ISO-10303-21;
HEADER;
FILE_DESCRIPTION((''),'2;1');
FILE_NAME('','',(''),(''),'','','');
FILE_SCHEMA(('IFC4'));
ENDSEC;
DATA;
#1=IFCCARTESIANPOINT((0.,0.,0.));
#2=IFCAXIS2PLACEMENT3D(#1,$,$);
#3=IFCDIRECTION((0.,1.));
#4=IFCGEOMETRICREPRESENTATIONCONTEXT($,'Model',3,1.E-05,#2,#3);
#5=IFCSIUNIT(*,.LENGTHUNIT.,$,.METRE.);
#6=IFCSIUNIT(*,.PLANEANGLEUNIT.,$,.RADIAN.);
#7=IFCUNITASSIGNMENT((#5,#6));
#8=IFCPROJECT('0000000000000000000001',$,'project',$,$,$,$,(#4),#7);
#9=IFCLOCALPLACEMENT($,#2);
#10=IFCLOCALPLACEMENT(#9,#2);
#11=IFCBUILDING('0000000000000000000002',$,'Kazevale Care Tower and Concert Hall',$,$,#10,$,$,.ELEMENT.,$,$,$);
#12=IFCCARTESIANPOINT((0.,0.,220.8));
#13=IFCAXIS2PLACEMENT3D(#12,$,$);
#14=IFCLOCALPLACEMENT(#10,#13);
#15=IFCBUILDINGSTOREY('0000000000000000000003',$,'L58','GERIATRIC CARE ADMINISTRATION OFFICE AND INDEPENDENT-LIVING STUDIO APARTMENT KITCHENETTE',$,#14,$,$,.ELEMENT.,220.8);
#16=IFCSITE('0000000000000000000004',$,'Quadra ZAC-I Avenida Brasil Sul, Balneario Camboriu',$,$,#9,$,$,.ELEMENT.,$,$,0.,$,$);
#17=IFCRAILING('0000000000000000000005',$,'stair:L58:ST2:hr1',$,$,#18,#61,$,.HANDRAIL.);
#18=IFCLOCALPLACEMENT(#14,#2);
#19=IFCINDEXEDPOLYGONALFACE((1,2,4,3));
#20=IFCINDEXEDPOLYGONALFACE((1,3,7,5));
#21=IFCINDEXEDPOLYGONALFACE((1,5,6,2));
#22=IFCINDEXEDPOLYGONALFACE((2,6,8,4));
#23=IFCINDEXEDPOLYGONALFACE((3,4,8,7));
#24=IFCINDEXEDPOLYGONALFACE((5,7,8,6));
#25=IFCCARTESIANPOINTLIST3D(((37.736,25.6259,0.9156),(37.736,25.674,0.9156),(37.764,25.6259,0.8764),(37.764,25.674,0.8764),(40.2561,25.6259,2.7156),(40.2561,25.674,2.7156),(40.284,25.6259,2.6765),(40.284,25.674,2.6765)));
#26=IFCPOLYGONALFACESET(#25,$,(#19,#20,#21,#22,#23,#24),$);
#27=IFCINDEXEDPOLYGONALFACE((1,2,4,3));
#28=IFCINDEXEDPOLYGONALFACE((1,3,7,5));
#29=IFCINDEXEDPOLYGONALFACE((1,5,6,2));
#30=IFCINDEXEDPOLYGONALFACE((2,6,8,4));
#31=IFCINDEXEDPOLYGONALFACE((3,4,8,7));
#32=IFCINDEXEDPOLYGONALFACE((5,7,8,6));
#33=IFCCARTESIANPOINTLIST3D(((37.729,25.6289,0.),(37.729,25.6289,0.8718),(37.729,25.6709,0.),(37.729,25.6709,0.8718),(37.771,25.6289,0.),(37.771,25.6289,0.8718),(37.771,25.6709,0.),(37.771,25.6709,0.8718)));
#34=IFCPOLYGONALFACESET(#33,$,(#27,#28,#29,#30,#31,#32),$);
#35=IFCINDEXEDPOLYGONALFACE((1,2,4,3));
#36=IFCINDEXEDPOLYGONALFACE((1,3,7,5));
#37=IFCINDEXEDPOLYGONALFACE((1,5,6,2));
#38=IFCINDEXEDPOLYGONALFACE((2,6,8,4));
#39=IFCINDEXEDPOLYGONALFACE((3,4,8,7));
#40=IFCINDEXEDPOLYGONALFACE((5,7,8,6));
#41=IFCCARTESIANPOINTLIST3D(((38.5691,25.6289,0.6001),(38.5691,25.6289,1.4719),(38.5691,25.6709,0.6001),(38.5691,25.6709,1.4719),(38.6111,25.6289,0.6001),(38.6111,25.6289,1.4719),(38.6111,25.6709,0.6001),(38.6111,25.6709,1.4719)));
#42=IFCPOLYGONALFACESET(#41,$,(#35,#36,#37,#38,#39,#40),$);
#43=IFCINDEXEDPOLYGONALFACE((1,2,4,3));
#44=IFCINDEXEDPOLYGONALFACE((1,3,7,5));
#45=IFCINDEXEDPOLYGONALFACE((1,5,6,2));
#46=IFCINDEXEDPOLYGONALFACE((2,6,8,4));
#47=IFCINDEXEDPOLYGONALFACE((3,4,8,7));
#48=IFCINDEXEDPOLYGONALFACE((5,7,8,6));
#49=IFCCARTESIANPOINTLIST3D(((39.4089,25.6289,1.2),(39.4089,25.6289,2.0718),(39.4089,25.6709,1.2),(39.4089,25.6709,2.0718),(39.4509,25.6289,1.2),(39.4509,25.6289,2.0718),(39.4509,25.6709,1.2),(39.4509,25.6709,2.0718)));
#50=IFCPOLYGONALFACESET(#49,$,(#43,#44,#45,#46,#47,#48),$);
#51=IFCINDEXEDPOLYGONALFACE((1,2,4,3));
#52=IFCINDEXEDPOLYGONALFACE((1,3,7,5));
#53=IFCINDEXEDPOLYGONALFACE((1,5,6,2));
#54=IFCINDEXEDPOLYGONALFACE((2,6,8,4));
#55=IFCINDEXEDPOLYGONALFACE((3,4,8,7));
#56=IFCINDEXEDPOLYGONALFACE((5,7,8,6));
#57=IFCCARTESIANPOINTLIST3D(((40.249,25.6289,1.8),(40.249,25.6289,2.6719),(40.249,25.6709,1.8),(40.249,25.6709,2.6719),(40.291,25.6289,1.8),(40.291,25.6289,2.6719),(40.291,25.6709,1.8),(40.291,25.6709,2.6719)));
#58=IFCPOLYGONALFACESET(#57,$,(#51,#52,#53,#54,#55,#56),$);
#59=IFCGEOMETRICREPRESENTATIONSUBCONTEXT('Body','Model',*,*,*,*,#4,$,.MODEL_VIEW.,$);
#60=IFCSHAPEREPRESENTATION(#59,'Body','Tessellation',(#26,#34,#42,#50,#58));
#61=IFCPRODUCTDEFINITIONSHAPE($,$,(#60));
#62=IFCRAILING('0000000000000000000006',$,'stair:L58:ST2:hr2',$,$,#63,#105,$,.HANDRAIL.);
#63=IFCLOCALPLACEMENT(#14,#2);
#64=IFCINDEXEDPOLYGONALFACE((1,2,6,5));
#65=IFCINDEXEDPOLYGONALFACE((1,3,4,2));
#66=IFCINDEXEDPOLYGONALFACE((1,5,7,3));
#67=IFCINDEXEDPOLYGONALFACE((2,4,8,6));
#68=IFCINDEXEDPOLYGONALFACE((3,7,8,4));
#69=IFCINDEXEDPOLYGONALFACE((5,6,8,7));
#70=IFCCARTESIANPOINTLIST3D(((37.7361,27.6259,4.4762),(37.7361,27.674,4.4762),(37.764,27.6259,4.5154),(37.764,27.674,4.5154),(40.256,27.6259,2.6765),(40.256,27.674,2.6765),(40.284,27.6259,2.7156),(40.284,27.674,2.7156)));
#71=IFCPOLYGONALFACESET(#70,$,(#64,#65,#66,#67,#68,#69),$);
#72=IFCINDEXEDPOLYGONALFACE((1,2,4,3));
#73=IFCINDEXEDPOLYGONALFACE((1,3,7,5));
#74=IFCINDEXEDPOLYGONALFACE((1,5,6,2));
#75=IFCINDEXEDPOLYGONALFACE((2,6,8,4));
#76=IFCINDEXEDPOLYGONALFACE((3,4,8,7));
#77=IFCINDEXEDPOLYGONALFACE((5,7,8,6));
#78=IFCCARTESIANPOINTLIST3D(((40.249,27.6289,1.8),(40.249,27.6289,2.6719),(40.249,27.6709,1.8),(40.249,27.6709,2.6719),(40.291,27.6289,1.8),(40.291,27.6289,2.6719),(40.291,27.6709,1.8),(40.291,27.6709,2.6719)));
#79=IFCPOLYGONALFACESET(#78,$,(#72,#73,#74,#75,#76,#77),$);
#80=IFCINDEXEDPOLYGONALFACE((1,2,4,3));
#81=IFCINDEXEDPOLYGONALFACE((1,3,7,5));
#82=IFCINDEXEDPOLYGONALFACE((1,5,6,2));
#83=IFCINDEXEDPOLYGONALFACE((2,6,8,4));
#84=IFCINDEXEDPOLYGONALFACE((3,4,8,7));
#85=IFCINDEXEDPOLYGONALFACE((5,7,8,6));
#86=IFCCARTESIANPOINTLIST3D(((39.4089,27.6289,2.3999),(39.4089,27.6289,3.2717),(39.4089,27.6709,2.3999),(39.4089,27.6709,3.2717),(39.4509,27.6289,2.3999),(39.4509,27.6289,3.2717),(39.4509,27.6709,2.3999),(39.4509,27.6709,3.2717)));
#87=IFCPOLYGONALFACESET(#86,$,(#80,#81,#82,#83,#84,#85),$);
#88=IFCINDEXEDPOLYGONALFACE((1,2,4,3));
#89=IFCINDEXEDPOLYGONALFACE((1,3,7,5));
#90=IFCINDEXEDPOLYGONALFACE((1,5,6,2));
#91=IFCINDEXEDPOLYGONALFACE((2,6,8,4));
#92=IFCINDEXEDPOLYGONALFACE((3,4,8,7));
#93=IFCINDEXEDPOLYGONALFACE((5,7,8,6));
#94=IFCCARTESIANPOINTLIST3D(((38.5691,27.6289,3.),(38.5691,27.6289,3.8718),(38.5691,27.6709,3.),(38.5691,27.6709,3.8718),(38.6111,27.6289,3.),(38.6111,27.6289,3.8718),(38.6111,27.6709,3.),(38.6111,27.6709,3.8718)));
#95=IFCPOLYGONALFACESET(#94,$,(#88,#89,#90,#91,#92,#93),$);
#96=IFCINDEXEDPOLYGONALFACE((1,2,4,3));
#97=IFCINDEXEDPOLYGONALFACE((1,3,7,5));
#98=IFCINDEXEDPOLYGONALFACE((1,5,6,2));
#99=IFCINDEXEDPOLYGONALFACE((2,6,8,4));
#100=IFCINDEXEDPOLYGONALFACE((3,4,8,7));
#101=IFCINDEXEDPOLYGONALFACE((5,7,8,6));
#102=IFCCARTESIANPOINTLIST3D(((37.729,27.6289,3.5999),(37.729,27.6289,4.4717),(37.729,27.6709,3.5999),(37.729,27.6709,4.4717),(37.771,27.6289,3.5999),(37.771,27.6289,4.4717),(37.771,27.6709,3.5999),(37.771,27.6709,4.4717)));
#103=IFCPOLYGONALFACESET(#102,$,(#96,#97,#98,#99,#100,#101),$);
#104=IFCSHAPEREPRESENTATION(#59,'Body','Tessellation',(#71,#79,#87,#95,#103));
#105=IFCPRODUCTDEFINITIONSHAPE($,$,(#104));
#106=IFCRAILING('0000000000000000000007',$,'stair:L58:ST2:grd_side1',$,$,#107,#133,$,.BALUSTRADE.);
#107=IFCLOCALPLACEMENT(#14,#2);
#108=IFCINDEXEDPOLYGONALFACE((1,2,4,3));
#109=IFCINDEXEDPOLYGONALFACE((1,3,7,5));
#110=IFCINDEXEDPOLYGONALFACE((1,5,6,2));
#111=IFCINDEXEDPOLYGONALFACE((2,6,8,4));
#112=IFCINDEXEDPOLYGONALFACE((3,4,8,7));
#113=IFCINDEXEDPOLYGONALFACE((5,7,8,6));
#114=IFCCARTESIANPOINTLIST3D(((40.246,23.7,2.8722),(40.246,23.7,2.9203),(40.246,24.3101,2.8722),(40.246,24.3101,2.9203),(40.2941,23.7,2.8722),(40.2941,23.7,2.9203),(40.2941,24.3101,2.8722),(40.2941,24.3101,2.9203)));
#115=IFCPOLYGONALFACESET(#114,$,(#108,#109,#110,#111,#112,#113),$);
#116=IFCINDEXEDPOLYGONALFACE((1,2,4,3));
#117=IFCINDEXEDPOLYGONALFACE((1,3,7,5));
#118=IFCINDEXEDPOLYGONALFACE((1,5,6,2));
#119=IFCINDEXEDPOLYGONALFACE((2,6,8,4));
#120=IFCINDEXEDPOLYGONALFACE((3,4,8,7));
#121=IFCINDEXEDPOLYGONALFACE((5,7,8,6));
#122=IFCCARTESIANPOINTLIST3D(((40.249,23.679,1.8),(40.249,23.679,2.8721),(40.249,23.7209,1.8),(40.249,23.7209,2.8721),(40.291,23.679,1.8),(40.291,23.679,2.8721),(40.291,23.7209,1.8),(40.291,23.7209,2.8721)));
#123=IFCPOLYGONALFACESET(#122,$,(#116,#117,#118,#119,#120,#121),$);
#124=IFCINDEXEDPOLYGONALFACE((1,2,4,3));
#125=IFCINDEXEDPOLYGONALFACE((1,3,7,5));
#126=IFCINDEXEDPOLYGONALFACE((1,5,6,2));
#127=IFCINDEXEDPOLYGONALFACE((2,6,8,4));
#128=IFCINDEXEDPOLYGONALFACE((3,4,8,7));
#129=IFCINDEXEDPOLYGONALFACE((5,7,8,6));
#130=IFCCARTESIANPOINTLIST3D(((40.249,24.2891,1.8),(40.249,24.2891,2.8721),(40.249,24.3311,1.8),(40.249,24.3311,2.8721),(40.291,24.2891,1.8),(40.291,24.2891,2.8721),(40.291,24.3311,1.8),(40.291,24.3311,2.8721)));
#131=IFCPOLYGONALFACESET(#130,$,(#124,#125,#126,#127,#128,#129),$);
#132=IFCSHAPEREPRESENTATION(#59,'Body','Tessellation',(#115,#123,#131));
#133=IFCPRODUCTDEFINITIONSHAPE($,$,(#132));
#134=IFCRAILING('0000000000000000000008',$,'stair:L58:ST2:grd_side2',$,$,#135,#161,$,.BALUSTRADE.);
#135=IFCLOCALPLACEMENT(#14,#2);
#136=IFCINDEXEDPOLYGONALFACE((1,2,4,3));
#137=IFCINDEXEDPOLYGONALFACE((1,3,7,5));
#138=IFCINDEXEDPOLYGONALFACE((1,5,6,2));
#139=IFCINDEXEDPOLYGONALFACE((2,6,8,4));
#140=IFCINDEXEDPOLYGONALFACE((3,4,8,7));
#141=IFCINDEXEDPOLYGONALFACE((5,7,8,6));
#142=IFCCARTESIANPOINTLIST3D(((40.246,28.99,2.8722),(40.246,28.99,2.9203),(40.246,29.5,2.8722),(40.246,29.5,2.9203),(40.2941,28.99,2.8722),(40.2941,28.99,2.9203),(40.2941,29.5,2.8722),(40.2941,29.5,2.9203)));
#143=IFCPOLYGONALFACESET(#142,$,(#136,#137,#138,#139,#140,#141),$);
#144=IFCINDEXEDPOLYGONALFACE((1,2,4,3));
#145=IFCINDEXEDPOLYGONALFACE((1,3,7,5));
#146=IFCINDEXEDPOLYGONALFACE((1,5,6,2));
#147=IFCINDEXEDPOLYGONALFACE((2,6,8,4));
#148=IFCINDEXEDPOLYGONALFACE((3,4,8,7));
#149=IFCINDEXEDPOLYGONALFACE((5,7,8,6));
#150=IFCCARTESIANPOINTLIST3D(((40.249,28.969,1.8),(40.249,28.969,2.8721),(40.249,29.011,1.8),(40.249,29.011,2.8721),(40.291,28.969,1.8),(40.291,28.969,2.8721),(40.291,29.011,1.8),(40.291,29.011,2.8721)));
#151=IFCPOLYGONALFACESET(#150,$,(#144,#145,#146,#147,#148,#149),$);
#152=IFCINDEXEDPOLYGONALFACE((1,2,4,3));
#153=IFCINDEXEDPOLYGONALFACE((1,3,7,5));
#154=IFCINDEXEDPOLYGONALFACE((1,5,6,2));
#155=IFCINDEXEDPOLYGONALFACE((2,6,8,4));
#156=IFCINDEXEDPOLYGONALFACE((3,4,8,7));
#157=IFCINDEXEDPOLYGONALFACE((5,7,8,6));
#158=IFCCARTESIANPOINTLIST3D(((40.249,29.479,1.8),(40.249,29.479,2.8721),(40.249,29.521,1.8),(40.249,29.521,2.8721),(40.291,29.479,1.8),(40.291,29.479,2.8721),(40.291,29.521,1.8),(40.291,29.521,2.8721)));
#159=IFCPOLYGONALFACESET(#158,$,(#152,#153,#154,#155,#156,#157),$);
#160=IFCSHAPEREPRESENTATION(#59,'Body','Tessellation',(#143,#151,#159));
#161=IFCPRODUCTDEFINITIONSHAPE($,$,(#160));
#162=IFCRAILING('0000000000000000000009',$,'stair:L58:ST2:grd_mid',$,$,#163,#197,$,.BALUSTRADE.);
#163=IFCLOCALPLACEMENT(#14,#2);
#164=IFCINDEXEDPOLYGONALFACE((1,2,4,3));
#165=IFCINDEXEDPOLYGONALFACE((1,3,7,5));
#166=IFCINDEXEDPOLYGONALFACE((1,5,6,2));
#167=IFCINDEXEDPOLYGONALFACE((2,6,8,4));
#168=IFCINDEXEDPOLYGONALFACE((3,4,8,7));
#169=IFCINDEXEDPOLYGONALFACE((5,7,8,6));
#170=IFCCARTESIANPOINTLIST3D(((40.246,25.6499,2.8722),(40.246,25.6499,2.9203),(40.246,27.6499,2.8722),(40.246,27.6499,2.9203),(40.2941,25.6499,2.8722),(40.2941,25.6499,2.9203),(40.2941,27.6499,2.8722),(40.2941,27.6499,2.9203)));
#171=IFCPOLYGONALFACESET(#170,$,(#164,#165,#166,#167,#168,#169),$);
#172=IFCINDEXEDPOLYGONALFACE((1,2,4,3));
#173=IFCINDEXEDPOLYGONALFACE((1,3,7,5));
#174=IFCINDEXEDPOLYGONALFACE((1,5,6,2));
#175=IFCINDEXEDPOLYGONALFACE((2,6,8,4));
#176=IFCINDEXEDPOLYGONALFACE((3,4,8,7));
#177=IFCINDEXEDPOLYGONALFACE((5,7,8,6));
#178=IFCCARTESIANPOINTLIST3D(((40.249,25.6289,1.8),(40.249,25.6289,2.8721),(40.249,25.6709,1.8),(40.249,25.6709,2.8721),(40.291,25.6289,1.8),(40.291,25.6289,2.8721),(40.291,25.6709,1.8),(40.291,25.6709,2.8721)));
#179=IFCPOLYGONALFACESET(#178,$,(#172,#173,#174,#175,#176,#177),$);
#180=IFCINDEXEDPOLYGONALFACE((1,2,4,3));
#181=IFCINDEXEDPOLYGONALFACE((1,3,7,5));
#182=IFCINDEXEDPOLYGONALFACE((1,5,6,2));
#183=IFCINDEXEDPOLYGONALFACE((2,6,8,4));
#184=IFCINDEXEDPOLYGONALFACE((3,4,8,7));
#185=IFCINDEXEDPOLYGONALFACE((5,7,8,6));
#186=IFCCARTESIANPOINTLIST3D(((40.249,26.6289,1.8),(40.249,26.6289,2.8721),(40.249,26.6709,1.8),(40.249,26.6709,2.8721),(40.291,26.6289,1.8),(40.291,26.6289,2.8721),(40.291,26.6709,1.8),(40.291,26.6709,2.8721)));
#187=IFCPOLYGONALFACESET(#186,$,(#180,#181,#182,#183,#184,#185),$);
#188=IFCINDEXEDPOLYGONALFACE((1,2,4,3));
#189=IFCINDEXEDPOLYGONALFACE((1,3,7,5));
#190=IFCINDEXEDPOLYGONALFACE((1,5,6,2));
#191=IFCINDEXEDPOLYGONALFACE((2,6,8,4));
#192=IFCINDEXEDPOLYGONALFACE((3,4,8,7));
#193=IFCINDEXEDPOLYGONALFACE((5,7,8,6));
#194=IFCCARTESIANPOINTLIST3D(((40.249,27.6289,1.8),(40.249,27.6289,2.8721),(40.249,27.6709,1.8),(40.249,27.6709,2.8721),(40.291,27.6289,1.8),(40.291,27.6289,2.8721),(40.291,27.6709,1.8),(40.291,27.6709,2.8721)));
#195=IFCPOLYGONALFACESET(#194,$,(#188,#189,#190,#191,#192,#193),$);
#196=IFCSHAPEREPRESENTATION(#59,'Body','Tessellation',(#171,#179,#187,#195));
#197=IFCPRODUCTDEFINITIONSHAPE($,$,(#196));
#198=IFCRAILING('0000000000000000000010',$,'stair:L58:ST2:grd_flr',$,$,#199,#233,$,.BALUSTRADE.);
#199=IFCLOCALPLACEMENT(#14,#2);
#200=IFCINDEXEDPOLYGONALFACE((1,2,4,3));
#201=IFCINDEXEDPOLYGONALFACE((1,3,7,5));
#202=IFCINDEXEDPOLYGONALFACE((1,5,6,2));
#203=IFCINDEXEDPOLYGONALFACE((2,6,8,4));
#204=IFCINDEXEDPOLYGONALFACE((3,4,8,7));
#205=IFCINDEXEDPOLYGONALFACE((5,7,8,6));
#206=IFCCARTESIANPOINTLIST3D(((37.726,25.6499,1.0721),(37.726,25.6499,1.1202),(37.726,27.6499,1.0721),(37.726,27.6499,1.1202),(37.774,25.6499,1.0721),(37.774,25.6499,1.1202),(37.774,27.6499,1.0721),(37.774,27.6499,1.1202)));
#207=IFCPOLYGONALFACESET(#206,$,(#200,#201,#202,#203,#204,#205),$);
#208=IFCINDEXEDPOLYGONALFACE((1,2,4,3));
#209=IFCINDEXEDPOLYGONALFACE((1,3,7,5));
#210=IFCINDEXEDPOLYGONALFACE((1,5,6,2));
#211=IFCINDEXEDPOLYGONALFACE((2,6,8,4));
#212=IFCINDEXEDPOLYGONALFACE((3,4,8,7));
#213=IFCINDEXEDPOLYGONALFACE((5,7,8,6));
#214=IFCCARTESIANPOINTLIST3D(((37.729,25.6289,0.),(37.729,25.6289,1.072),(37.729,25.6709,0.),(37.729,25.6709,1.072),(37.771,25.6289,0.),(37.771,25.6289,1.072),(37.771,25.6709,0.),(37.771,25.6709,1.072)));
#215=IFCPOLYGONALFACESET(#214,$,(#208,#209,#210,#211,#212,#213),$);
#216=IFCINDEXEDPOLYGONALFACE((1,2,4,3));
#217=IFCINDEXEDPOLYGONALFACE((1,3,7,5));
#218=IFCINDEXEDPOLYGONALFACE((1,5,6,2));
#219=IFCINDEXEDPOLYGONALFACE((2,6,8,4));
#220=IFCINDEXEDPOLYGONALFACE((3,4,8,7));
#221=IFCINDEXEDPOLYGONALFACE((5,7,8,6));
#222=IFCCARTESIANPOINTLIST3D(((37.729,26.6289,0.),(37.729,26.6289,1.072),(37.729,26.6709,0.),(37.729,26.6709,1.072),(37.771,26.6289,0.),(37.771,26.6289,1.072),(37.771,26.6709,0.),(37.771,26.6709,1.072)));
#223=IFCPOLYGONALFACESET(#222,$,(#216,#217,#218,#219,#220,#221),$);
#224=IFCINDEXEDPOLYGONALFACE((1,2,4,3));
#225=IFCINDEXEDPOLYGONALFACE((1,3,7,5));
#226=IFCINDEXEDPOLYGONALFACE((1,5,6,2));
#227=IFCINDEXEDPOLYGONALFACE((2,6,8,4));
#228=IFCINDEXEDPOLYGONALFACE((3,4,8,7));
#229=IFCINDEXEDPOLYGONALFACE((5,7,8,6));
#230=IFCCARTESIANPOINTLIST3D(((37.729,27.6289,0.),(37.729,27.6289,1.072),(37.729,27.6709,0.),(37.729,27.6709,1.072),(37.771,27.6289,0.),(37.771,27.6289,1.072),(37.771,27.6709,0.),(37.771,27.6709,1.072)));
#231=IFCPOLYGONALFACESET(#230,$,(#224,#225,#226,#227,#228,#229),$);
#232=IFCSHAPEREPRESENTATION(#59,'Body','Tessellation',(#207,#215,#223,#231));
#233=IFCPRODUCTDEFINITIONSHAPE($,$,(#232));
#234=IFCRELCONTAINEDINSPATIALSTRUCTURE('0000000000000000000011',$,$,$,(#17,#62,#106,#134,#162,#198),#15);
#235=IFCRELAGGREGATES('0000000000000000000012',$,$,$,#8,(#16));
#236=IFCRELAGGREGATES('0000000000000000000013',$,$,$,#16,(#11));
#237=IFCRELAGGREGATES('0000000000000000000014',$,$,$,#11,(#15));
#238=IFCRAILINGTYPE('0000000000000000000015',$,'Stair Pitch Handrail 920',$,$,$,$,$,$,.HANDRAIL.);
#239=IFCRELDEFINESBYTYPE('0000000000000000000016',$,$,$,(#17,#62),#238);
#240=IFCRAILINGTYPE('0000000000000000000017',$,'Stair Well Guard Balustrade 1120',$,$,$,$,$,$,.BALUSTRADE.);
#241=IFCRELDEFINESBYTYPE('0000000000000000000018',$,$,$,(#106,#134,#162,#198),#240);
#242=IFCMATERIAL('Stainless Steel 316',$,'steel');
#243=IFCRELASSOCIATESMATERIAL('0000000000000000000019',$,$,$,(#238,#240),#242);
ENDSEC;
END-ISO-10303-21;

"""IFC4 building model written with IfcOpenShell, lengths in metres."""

from ifc_helpers import new_model, si_unit, direction, frame, origin, origin_2d, place, context, subcontext, project, spatial, rectangle, extrude, material, type_object, element, save


model = new_model("IFC4")

# Units and contexts
model_context = context("Model", 3, precision=1e-05, world=origin(), true_north=direction((0.0, 1.0)))
body_context = subcontext(model_context, "Body", "Model", "MODEL_VIEW")
ifc_project = project(units=[si_unit("LENGTHUNIT", "METRE"), si_unit("PLANEANGLEUNIT", "RADIAN")], contexts=[model_context])

# Site, building, storey
site_placement = place(None, origin())
site = spatial("IfcSite", under=ifc_project, at=site_placement, Name="Quadra ZAC-I Avenida Brasil Sul, Balneario Camboriu", CompositionType="ELEMENT", RefElevation=0.0)
building_placement = place(site_placement, origin())
building = spatial("IfcBuilding", under=site, at=building_placement, Name="Kazevale Care Tower and Concert Hall", CompositionType="ELEMENT")
storey_placement = place(building_placement, frame((0.0, 0.0, 220.8)))
storey = spatial("IfcBuildingStorey", under=building, at=storey_placement, Name="L58", Description="GERIATRIC CARE ADMINISTRATION OFFICE AND INDEPENDENT-LIVING STUDIO APARTMENT KITCHENETTE", CompositionType="ELEMENT", Elevation=220.8)

# Railings
ifc_material_1 = material(Name="Stainless Steel 316", Category="steel")
railing_type_1 = type_object("IfcRailingType", Name="Stair Pitch Handrail 920", PredefinedType="HANDRAIL", material=ifc_material_1)
railing_1_placement = place(storey_placement, frame((37.75, 25.6499, 0.0)))
element("IfcRailing", 1, at=railing_1_placement, inside=storey, type_object=railing_type_1, Name="stair:L58:ST2:hr1", PredefinedType="HANDRAIL", context=body_context, shape_type="SweptSolid", body=[
    extrude(rectangle(XDim=0.0481, YDim=0.0481, at=origin_2d()), frame((0.0, 0.0, 0.896), z_axis=(0.813728, 0.0, 0.581246), x_axis=(0.0, 1.0, 0.0)), (0.0, 0.0, 1.0), 3.0969),
    extrude(rectangle(XDim=0.042, YDim=0.042, at=origin_2d()), origin(), (0.0, 0.0, 1.0), 0.8718),
    extrude(rectangle(XDim=0.042, YDim=0.042, at=origin_2d()), frame((0.8401, 0.0, 0.6001)), (0.0, 0.0, 1.0), 0.8718),
    extrude(rectangle(XDim=0.042, YDim=0.042, at=origin_2d()), frame((1.6799, 0.0, 1.2)), (0.0, 0.0, 1.0), 0.8718),
    extrude(rectangle(XDim=0.042, YDim=0.042, at=origin_2d()), frame((2.52, 0.0, 1.8)), (0.0, 0.0, 1.0), 0.8718),
])
railing_2_placement = place(storey_placement, frame((40.27, 27.6499, 1.8)))
element("IfcRailing", 2, at=railing_2_placement, inside=storey, type_object=railing_type_1, Name="stair:L58:ST2:hr2", PredefinedType="HANDRAIL", context=body_context, shape_type="SweptSolid", body=[
    extrude(rectangle(XDim=0.0481, YDim=0.0481, at=origin_2d()), frame((0.0, 0.0, 0.896), z_axis=(-0.813765, 0.0, 0.581193), x_axis=(0.0, -1.0, 0.0)), (0.0, 0.0, 1.0), 3.0967),
    extrude(rectangle(XDim=0.042, YDim=0.042, at=origin_2d()), origin(), (0.0, 0.0, 1.0), 0.8718),
    extrude(rectangle(XDim=0.042, YDim=0.042, at=origin_2d()), frame((-0.8401, 0.0, 0.5999)), (0.0, 0.0, 1.0), 0.8718),
    extrude(rectangle(XDim=0.042, YDim=0.042, at=origin_2d()), frame((-1.6799, 0.0, 1.2)), (0.0, 0.0, 1.0), 0.8718),
    extrude(rectangle(XDim=0.042, YDim=0.042, at=origin_2d()), frame((-2.52, 0.0, 1.7998)), (0.0, 0.0, 1.0), 0.8718),
])
railing_type_2 = type_object("IfcRailingType", Name="Stair Well Guard Balustrade 1120", PredefinedType="BALUSTRADE", material=ifc_material_1)
railing_3_placement = place(storey_placement, frame((40.27, 23.7, 1.8)))
element("IfcRailing", 3, at=railing_3_placement, inside=storey, type_object=railing_type_2, Name="stair:L58:ST2:grd_side1", PredefinedType="BALUSTRADE", context=body_context, shape_type="SweptSolid", body=[
    extrude(rectangle(XDim=0.0481, YDim=0.0481, at=origin_2d()), frame((0.0, 0.0, 1.0962), z_axis=(0.0, 1.0, 0.0), x_axis=(-1.0, 0.0, 0.0)), (0.0, 0.0, 1.0), 0.6101),
    extrude(rectangle(XDim=0.042, YDim=0.042, at=origin_2d()), origin(), (0.0, 0.0, 1.0), 1.072),
    extrude(rectangle(XDim=0.042, YDim=0.042, at=origin_2d()), frame((0.0, 0.6101, 0.0)), (0.0, 0.0, 1.0), 1.072),
])
railing_4_placement = place(storey_placement, frame((40.27, 28.99, 1.8)))
element("IfcRailing", 4, at=railing_4_placement, inside=storey, type_object=railing_type_2, Name="stair:L58:ST2:grd_side2", PredefinedType="BALUSTRADE", context=body_context, shape_type="SweptSolid", body=[
    extrude(rectangle(XDim=0.0481, YDim=0.0481, at=origin_2d()), frame((0.0, 0.0, 1.0962), z_axis=(0.0, 1.0, 0.0), x_axis=(-1.0, 0.0, 0.0)), (0.0, 0.0, 1.0), 0.51),
    extrude(rectangle(XDim=0.042, YDim=0.042, at=origin_2d()), origin(), (0.0, 0.0, 1.0), 1.072),
    extrude(rectangle(XDim=0.042, YDim=0.042, at=origin_2d()), frame((0.0, 0.51, 0.0)), (0.0, 0.0, 1.0), 1.072),
])
for number, where, name in (
    (5, (40.27, 25.6499, 1.8), "stair:L58:ST2:grd_mid"),
    (6, (37.75, 25.6499, 0.0), "stair:L58:ST2:grd_flr"),
):
    element("IfcRailing", number, at=place(storey_placement, frame(where)), inside=storey, type_object=railing_type_2, Name=name, PredefinedType="BALUSTRADE", context=body_context, shape_type="SweptSolid", body=[
        extrude(rectangle(XDim=0.0481, YDim=0.0481, at=origin_2d()), frame((0.0, 0.0, 1.0962), z_axis=(0.0, 1.0, 0.0), x_axis=(-1.0, 0.0, 0.0)), (0.0, 0.0, 1.0), 2.0),
        extrude(rectangle(XDim=0.042, YDim=0.042, at=origin_2d()), origin(), (0.0, 0.0, 1.0), 1.072),
        extrude(rectangle(XDim=0.042, YDim=0.042, at=origin_2d()), frame((0.0, 1.0, 0.0)), (0.0, 0.0, 1.0), 1.072),
        extrude(rectangle(XDim=0.042, YDim=0.042, at=origin_2d()), frame((0.0, 2.0, 0.0)), (0.0, 0.0, 1.0), 1.072),
    ])

save(model, "model.ifc")
